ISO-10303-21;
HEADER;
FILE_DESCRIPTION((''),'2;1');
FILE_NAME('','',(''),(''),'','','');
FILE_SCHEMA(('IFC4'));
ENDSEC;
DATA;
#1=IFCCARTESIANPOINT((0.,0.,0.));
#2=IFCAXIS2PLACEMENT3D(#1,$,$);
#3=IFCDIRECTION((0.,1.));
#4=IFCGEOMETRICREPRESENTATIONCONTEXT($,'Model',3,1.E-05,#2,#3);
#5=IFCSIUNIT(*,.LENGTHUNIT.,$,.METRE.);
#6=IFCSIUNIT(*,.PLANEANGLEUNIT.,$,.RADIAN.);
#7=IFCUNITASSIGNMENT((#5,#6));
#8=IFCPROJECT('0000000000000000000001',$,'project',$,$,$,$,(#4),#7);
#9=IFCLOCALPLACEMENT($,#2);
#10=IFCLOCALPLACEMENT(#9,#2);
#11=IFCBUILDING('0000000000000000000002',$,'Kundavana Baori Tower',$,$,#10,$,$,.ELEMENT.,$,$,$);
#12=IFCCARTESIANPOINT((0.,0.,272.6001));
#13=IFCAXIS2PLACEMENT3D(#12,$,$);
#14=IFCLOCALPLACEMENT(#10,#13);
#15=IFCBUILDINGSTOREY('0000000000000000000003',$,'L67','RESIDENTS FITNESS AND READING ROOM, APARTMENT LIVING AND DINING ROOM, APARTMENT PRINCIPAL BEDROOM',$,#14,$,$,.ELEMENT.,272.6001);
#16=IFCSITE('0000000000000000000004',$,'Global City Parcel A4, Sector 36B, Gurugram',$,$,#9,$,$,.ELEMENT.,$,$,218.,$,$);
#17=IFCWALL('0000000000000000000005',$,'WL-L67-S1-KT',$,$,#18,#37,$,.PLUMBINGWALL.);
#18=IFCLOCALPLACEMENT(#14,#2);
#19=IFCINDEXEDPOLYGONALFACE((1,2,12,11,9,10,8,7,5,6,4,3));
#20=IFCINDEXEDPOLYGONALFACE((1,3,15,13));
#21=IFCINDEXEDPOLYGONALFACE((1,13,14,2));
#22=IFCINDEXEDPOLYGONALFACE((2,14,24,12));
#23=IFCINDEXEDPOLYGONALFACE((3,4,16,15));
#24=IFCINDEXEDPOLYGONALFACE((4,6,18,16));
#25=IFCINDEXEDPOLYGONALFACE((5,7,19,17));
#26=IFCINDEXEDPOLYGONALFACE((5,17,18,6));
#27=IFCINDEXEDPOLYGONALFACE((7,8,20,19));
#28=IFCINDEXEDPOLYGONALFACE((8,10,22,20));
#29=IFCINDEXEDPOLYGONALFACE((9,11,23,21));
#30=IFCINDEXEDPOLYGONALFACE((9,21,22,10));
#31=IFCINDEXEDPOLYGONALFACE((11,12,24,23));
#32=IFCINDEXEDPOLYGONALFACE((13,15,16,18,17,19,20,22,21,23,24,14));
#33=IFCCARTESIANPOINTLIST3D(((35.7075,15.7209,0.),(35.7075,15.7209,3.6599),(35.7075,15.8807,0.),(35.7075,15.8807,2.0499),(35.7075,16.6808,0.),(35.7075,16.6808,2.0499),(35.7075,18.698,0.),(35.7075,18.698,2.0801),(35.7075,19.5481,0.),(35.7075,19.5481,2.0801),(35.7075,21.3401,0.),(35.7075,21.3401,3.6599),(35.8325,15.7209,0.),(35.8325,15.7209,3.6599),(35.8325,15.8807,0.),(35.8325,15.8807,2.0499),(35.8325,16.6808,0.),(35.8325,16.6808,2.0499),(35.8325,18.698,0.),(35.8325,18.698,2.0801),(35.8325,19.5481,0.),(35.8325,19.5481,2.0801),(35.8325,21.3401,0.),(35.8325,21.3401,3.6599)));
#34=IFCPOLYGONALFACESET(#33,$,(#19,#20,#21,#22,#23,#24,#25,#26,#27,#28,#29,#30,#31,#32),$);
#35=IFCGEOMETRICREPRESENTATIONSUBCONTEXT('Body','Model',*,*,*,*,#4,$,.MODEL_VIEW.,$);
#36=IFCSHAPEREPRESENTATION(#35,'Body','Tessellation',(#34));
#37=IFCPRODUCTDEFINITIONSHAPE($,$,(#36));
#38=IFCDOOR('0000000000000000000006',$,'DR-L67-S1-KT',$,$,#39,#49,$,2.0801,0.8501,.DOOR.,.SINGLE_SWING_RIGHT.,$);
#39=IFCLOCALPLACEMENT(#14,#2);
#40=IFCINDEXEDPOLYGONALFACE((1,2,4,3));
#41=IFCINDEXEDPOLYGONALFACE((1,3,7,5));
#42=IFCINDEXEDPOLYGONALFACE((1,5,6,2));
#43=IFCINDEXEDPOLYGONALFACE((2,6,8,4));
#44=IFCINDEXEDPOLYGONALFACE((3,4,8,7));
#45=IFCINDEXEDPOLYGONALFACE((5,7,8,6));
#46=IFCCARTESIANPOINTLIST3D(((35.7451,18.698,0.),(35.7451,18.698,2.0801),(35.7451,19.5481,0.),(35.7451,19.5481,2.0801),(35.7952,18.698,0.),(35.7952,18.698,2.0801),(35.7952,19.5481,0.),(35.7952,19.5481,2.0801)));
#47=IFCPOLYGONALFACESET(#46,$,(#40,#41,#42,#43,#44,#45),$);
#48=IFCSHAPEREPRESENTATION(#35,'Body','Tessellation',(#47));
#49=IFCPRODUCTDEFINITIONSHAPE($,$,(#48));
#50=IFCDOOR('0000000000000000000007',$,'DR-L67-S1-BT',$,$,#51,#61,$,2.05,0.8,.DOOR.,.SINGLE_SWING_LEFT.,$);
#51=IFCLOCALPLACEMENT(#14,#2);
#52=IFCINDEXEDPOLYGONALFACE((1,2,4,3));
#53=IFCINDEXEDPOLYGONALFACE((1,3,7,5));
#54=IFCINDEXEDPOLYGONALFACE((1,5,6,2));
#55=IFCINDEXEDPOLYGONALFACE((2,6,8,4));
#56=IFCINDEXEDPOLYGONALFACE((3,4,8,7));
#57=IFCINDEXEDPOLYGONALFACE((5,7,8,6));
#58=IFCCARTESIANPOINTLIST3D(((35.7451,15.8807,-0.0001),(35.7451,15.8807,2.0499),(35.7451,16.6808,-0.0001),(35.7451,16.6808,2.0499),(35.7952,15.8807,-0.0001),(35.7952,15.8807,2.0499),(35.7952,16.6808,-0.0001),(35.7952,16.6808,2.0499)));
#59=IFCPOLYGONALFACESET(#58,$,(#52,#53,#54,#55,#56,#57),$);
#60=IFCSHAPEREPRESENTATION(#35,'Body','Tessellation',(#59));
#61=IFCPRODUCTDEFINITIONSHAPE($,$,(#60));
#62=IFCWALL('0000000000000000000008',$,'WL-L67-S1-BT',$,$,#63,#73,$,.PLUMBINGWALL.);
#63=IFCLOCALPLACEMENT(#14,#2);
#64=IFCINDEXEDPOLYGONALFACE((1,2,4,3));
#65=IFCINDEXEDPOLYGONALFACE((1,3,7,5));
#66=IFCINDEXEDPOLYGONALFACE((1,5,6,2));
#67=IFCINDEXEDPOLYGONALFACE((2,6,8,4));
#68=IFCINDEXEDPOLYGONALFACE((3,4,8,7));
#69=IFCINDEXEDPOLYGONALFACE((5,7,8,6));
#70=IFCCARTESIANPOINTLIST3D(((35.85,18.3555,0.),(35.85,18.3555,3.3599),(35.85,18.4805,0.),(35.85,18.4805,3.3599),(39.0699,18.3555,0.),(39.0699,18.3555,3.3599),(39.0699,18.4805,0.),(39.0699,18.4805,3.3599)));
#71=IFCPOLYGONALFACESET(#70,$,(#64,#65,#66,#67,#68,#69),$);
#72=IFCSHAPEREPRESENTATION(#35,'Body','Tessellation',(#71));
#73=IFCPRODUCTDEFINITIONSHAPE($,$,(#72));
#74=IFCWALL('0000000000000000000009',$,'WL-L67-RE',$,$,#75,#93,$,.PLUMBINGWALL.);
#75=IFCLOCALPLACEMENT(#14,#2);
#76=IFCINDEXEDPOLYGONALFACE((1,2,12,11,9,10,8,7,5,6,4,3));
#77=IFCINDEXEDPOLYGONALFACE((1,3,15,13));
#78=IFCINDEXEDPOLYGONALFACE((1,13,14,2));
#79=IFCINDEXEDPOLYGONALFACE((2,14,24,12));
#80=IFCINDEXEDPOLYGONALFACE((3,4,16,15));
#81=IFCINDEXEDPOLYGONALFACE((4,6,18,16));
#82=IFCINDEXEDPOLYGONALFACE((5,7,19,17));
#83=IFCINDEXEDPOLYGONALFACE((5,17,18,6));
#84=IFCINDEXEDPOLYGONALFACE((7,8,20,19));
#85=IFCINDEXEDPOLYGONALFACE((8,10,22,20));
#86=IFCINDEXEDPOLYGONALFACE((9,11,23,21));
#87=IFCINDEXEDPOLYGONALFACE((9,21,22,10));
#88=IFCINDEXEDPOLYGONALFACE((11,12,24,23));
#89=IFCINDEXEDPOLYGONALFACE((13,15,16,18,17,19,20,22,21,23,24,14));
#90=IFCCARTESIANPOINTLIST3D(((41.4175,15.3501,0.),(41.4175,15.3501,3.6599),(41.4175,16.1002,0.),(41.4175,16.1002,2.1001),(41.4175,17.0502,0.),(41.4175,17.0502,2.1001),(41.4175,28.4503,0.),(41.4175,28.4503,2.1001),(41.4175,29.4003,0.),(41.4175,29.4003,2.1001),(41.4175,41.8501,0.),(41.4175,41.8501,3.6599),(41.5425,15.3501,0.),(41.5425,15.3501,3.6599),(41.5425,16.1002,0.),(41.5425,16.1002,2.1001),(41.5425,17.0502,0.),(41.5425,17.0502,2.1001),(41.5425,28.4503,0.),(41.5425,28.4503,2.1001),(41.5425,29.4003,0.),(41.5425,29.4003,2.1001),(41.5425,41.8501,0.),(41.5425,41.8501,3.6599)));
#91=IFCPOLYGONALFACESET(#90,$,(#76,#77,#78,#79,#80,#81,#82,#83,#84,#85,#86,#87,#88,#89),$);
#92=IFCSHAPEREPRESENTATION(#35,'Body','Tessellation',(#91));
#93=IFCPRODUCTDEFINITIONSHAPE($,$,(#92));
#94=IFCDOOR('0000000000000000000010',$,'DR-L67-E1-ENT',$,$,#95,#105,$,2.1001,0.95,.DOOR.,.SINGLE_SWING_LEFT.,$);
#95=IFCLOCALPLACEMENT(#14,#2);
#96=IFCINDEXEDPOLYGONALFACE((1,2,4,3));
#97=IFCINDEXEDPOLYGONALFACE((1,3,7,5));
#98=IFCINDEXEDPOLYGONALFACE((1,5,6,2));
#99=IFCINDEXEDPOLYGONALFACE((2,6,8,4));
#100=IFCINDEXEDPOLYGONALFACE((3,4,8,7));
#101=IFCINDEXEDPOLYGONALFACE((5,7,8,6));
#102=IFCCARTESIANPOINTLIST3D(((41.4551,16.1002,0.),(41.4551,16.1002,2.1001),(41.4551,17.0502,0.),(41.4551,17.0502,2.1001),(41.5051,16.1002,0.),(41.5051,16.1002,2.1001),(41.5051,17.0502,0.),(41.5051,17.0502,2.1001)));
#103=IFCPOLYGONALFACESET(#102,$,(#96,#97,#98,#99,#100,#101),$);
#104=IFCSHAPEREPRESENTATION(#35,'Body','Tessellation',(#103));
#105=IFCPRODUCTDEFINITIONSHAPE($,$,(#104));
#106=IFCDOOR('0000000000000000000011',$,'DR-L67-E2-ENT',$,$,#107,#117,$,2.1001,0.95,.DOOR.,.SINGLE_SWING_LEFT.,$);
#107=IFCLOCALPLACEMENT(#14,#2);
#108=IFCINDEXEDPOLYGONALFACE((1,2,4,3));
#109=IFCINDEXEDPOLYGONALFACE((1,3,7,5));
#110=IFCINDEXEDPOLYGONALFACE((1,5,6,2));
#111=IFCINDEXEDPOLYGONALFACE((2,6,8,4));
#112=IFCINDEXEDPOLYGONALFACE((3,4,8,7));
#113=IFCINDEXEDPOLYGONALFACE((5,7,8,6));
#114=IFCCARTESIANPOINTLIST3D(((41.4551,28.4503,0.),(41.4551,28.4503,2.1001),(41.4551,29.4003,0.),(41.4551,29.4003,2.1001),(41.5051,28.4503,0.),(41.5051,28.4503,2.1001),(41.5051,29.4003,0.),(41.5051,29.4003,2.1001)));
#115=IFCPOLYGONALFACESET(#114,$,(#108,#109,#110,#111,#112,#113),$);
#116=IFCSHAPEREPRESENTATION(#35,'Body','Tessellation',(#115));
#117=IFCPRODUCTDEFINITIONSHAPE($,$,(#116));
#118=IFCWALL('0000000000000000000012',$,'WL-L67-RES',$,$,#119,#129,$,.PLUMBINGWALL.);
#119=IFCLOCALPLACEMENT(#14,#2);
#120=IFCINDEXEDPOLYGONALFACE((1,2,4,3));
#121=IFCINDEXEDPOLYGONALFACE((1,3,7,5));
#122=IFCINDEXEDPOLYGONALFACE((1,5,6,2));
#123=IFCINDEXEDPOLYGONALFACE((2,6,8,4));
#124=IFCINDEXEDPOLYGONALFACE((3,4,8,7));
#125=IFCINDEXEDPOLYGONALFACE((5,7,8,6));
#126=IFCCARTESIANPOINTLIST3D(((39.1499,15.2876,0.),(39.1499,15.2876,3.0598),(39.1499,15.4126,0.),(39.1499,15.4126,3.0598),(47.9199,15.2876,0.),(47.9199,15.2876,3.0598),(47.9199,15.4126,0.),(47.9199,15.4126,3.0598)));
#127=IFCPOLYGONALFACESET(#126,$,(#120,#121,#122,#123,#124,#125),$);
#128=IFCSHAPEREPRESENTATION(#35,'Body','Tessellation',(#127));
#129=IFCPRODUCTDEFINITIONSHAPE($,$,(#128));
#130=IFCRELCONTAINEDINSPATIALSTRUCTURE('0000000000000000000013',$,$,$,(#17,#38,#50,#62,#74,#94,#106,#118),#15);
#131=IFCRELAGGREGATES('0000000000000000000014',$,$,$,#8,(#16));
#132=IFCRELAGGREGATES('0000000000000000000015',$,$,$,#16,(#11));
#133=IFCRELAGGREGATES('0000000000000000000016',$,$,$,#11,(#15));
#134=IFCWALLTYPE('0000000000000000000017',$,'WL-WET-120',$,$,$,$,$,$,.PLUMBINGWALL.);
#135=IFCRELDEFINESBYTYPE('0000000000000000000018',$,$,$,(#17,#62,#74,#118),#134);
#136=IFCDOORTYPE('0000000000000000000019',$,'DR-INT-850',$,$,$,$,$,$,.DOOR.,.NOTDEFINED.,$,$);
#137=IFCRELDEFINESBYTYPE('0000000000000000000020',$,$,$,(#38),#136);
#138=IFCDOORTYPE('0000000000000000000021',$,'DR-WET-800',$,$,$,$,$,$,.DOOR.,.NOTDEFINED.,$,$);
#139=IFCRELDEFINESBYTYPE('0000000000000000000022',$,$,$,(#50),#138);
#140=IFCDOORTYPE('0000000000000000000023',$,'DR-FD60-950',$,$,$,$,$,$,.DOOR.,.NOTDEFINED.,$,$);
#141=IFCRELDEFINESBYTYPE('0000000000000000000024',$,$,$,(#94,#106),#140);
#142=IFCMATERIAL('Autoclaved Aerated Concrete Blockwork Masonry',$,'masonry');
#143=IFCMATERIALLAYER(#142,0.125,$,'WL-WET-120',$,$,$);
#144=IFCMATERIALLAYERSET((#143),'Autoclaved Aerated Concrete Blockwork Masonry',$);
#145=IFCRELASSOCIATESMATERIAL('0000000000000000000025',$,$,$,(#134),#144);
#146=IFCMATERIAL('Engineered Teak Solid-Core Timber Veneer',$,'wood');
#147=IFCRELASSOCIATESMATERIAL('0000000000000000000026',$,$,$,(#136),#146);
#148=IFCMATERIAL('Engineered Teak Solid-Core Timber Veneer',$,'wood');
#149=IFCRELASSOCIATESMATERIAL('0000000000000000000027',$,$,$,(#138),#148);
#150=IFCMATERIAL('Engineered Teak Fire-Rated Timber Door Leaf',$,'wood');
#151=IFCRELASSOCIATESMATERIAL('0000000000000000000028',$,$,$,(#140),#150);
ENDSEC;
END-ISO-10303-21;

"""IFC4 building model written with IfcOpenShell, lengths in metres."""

from ifc_helpers import new_model, si_unit, direction, frame, frame_2d, origin, place, context, subcontext, project, spatial, rectangle, extrude, material, layer, layer_set, type_object, element, fill, save


model = new_model("IFC4")

# Units and contexts
model_context = context("Model", 3, precision=1e-05, world=origin(), true_north=direction((0.0, 1.0)))
body_context = subcontext(model_context, "Body", "Model", "MODEL_VIEW")
ifc_project = project(units=[si_unit("LENGTHUNIT", "METRE"), si_unit("PLANEANGLEUNIT", "RADIAN")], contexts=[model_context])

# Site, building, storey
site_placement = place(None, origin())
site = spatial("IfcSite", under=ifc_project, at=site_placement, Name="Global City Parcel A4, Sector 36B, Gurugram", CompositionType="ELEMENT", RefElevation=218.0)
building_placement = place(site_placement, origin())
building = spatial("IfcBuilding", under=site, at=building_placement, Name="Kundavana Baori Tower", CompositionType="ELEMENT")
storey_placement = place(building_placement, frame((0.0, 0.0, 272.6001)))
storey = spatial("IfcBuildingStorey", under=building, at=storey_placement, Name="L67", Description="RESIDENTS FITNESS AND READING ROOM, APARTMENT LIVING AND DINING ROOM, APARTMENT PRINCIPAL BEDROOM", CompositionType="ELEMENT", Elevation=272.6001)

# Wall, openings, doors
ifc_material_1 = material(Name="Autoclaved Aerated Concrete Blockwork Masonry", Category="masonry")
ifc_layer = layer(ifc_material_1, 0.125, Name="WL-WET-120")
ifc_layer_set = layer_set([ifc_layer], Name="Autoclaved Aerated Concrete Blockwork Masonry")
wall_type = type_object("IfcWallType", Name="WL-WET-120", PredefinedType="PLUMBINGWALL", material=ifc_layer_set)
wall_1_placement = place(storey_placement, frame((35.77, 15.7209, 0.0), z_axis=(0.0, 0.0, 1.0), x_axis=(0.0, 1.0, 0.0)))
wall_1 = element("IfcWall", 1, at=wall_1_placement, inside=storey, type_object=wall_type, Name="WL-L67-S1-KT", PredefinedType="PLUMBINGWALL", context=body_context, shape_type="SweptSolid", body=[
    extrude(rectangle(XDim=5.6191, YDim=0.125, at=frame_2d((2.8096, 0.0))), origin(), (0.0, 0.0, 1.0), 3.6599),
])
opening_1_placement = place(wall_1_placement, frame((0.1599, 0.0, 0.0)))
opening_1 = element("IfcOpeningElement", 2, at=opening_1_placement, cuts=wall_1, PredefinedType="OPENING", context=body_context, shape_type="SweptSolid", body=[
    extrude(rectangle(XDim=0.8, YDim=2.05, at=frame_2d((0.3999, 1.0249))), frame((0.0, 0.0725, 0.0), z_axis=(0.0, -1.0, 0.0), x_axis=(1.0, 0.0, 0.0)), (0.0, 0.0, 1.0), 0.145),
])
opening_2_placement = place(wall_1_placement, frame((2.9771, 0.0, 0.0)))
opening_2 = element("IfcOpeningElement", 3, at=opening_2_placement, cuts=wall_1, PredefinedType="OPENING", context=body_context, shape_type="SweptSolid", body=[
    extrude(rectangle(XDim=0.8501, YDim=2.0801, at=frame_2d((0.425, 1.04))), frame((0.0, 0.0725, 0.0), z_axis=(0.0, -1.0, 0.0), x_axis=(1.0, 0.0, 0.0)), (0.0, 0.0, 1.0), 0.145),
])
ifc_material_2 = material(Name="Engineered Teak Solid-Core Timber Veneer", Category="wood")
door_type_1 = type_object("IfcDoorType", Name="DR-INT-850", OperationType="NOTDEFINED", PredefinedType="DOOR", material=ifc_material_2)
door_1_placement = place(opening_2_placement, origin())
door_1 = element("IfcDoor", 4, at=door_1_placement, inside=storey, type_object=door_type_1, Name="DR-L67-S1-KT", OperationType="SINGLE_SWING_RIGHT", OverallHeight=2.0801, OverallWidth=0.8501, PredefinedType="DOOR", context=body_context, shape_type="SweptSolid", body=[
    extrude(rectangle(XDim=0.8501, YDim=2.0801, at=frame_2d((0.425, 1.04))), frame((0.0, 0.0249, 0.0), z_axis=(0.0, -1.0, 0.0), x_axis=(1.0, 0.0, 0.0)), (0.0, 0.0, 1.0), 0.05),
])
fill(opening_2, door_1)
ifc_material_3 = material(Name="Engineered Teak Solid-Core Timber Veneer", Category="wood")
door_type_2 = type_object("IfcDoorType", Name="DR-WET-800", OperationType="NOTDEFINED", PredefinedType="DOOR", material=ifc_material_3)
door_2_placement = place(opening_1_placement, origin())
door_2 = element("IfcDoor", 5, at=door_2_placement, inside=storey, type_object=door_type_2, Name="DR-L67-S1-BT", OperationType="SINGLE_SWING_LEFT", OverallHeight=2.05, OverallWidth=0.8, PredefinedType="DOOR", context=body_context, shape_type="SweptSolid", body=[
    extrude(rectangle(XDim=0.8, YDim=2.05, at=frame_2d((0.3999, 1.0249))), frame((0.0, 0.0249, 0.0), z_axis=(0.0, -1.0, 0.0), x_axis=(1.0, 0.0, 0.0)), (0.0, 0.0, 1.0), 0.05),
])
fill(opening_1, door_2)

# Wall
wall_2_placement = place(storey_placement, frame((35.8501, 18.418, 0.0), z_axis=(0.0, 0.0, 1.0), x_axis=(1.0, 0.0, 0.0)))
element("IfcWall", 6, at=wall_2_placement, inside=storey, type_object=wall_type, Name="WL-L67-S1-BT", PredefinedType="PLUMBINGWALL", context=body_context, shape_type="SweptSolid", body=[
    extrude(rectangle(XDim=3.22, YDim=0.125, at=frame_2d((1.6099, 0.0))), origin(), (0.0, 0.0, 1.0), 3.3599),
])

# Wall, openings, doors
wall_3_placement = place(storey_placement, frame((41.48, 15.3501, 0.0), z_axis=(0.0, 0.0, 1.0), x_axis=(0.0, 1.0, 0.0)))
wall_3 = element("IfcWall", 7, at=wall_3_placement, inside=storey, type_object=wall_type, Name="WL-L67-RE", PredefinedType="PLUMBINGWALL", context=body_context, shape_type="SweptSolid", body=[
    extrude(rectangle(XDim=26.5, YDim=0.125, at=frame_2d((13.25, 0.0))), origin(), (0.0, 0.0, 1.0), 3.6599),
])
opening_3_placement = place(wall_3_placement, frame((0.75, 0.0, 0.0)))
opening_3 = element("IfcOpeningElement", 8, at=opening_3_placement, cuts=wall_3, PredefinedType="OPENING", context=body_context, shape_type="SweptSolid", body=[
    extrude(rectangle(XDim=0.95, YDim=2.1001, at=frame_2d((0.4751, 1.05))), frame((0.0, 0.0725, 0.0), z_axis=(0.0, -1.0, 0.0), x_axis=(1.0, 0.0, 0.0)), (0.0, 0.0, 1.0), 0.145),
])
opening_4_placement = place(wall_3_placement, frame((13.1001, 0.0, 0.0)))
opening_4 = element("IfcOpeningElement", 9, at=opening_4_placement, cuts=wall_3, PredefinedType="OPENING", context=body_context, shape_type="SweptSolid", body=[
    extrude(rectangle(XDim=0.95, YDim=2.1001, at=frame_2d((0.4751, 1.05))), frame((0.0, 0.0725, 0.0), z_axis=(0.0, -1.0, 0.0), x_axis=(1.0, 0.0, 0.0)), (0.0, 0.0, 1.0), 0.145),
])
ifc_material_4 = material(Name="Engineered Teak Fire-Rated Timber Door Leaf", Category="wood")
door_type_3 = type_object("IfcDoorType", Name="DR-FD60-950", OperationType="NOTDEFINED", PredefinedType="DOOR", material=ifc_material_4)
door_3_placement = place(opening_3_placement, origin())
door_3 = element("IfcDoor", 10, at=door_3_placement, inside=storey, type_object=door_type_3, Name="DR-L67-E1-ENT", OperationType="SINGLE_SWING_LEFT", OverallHeight=2.1001, OverallWidth=0.95, PredefinedType="DOOR", context=body_context, shape_type="SweptSolid", body=[
    extrude(rectangle(XDim=0.95, YDim=2.1001, at=frame_2d((0.4751, 1.05))), frame((0.0, 0.0249, 0.0), z_axis=(0.0, -1.0, 0.0), x_axis=(1.0, 0.0, 0.0)), (0.0, 0.0, 1.0), 0.05),
])
fill(opening_3, door_3)
door_4_placement = place(opening_4_placement, origin())
door_4 = element("IfcDoor", 11, at=door_4_placement, inside=storey, type_object=door_type_3, Name="DR-L67-E2-ENT", OperationType="SINGLE_SWING_LEFT", OverallHeight=2.1001, OverallWidth=0.95, PredefinedType="DOOR", context=body_context, shape_type="SweptSolid", body=[
    extrude(rectangle(XDim=0.95, YDim=2.1001, at=frame_2d((0.4751, 1.05))), frame((0.0, 0.0249, 0.0), z_axis=(0.0, -1.0, 0.0), x_axis=(1.0, 0.0, 0.0)), (0.0, 0.0, 1.0), 0.05),
])
fill(opening_4, door_4)

# Wall
wall_4_placement = place(storey_placement, frame((39.1499, 15.3501, 0.0), z_axis=(0.0, 0.0, 1.0), x_axis=(1.0, 0.0, 0.0)))
element("IfcWall", 12, at=wall_4_placement, inside=storey, type_object=wall_type, Name="WL-L67-RES", PredefinedType="PLUMBINGWALL", context=body_context, shape_type="SweptSolid", body=[
    extrude(rectangle(XDim=8.77, YDim=0.125, at=frame_2d((4.385, 0.0))), origin(), (0.0, 0.0, 1.0), 3.0598),
])

save(model, "model.ifc")
